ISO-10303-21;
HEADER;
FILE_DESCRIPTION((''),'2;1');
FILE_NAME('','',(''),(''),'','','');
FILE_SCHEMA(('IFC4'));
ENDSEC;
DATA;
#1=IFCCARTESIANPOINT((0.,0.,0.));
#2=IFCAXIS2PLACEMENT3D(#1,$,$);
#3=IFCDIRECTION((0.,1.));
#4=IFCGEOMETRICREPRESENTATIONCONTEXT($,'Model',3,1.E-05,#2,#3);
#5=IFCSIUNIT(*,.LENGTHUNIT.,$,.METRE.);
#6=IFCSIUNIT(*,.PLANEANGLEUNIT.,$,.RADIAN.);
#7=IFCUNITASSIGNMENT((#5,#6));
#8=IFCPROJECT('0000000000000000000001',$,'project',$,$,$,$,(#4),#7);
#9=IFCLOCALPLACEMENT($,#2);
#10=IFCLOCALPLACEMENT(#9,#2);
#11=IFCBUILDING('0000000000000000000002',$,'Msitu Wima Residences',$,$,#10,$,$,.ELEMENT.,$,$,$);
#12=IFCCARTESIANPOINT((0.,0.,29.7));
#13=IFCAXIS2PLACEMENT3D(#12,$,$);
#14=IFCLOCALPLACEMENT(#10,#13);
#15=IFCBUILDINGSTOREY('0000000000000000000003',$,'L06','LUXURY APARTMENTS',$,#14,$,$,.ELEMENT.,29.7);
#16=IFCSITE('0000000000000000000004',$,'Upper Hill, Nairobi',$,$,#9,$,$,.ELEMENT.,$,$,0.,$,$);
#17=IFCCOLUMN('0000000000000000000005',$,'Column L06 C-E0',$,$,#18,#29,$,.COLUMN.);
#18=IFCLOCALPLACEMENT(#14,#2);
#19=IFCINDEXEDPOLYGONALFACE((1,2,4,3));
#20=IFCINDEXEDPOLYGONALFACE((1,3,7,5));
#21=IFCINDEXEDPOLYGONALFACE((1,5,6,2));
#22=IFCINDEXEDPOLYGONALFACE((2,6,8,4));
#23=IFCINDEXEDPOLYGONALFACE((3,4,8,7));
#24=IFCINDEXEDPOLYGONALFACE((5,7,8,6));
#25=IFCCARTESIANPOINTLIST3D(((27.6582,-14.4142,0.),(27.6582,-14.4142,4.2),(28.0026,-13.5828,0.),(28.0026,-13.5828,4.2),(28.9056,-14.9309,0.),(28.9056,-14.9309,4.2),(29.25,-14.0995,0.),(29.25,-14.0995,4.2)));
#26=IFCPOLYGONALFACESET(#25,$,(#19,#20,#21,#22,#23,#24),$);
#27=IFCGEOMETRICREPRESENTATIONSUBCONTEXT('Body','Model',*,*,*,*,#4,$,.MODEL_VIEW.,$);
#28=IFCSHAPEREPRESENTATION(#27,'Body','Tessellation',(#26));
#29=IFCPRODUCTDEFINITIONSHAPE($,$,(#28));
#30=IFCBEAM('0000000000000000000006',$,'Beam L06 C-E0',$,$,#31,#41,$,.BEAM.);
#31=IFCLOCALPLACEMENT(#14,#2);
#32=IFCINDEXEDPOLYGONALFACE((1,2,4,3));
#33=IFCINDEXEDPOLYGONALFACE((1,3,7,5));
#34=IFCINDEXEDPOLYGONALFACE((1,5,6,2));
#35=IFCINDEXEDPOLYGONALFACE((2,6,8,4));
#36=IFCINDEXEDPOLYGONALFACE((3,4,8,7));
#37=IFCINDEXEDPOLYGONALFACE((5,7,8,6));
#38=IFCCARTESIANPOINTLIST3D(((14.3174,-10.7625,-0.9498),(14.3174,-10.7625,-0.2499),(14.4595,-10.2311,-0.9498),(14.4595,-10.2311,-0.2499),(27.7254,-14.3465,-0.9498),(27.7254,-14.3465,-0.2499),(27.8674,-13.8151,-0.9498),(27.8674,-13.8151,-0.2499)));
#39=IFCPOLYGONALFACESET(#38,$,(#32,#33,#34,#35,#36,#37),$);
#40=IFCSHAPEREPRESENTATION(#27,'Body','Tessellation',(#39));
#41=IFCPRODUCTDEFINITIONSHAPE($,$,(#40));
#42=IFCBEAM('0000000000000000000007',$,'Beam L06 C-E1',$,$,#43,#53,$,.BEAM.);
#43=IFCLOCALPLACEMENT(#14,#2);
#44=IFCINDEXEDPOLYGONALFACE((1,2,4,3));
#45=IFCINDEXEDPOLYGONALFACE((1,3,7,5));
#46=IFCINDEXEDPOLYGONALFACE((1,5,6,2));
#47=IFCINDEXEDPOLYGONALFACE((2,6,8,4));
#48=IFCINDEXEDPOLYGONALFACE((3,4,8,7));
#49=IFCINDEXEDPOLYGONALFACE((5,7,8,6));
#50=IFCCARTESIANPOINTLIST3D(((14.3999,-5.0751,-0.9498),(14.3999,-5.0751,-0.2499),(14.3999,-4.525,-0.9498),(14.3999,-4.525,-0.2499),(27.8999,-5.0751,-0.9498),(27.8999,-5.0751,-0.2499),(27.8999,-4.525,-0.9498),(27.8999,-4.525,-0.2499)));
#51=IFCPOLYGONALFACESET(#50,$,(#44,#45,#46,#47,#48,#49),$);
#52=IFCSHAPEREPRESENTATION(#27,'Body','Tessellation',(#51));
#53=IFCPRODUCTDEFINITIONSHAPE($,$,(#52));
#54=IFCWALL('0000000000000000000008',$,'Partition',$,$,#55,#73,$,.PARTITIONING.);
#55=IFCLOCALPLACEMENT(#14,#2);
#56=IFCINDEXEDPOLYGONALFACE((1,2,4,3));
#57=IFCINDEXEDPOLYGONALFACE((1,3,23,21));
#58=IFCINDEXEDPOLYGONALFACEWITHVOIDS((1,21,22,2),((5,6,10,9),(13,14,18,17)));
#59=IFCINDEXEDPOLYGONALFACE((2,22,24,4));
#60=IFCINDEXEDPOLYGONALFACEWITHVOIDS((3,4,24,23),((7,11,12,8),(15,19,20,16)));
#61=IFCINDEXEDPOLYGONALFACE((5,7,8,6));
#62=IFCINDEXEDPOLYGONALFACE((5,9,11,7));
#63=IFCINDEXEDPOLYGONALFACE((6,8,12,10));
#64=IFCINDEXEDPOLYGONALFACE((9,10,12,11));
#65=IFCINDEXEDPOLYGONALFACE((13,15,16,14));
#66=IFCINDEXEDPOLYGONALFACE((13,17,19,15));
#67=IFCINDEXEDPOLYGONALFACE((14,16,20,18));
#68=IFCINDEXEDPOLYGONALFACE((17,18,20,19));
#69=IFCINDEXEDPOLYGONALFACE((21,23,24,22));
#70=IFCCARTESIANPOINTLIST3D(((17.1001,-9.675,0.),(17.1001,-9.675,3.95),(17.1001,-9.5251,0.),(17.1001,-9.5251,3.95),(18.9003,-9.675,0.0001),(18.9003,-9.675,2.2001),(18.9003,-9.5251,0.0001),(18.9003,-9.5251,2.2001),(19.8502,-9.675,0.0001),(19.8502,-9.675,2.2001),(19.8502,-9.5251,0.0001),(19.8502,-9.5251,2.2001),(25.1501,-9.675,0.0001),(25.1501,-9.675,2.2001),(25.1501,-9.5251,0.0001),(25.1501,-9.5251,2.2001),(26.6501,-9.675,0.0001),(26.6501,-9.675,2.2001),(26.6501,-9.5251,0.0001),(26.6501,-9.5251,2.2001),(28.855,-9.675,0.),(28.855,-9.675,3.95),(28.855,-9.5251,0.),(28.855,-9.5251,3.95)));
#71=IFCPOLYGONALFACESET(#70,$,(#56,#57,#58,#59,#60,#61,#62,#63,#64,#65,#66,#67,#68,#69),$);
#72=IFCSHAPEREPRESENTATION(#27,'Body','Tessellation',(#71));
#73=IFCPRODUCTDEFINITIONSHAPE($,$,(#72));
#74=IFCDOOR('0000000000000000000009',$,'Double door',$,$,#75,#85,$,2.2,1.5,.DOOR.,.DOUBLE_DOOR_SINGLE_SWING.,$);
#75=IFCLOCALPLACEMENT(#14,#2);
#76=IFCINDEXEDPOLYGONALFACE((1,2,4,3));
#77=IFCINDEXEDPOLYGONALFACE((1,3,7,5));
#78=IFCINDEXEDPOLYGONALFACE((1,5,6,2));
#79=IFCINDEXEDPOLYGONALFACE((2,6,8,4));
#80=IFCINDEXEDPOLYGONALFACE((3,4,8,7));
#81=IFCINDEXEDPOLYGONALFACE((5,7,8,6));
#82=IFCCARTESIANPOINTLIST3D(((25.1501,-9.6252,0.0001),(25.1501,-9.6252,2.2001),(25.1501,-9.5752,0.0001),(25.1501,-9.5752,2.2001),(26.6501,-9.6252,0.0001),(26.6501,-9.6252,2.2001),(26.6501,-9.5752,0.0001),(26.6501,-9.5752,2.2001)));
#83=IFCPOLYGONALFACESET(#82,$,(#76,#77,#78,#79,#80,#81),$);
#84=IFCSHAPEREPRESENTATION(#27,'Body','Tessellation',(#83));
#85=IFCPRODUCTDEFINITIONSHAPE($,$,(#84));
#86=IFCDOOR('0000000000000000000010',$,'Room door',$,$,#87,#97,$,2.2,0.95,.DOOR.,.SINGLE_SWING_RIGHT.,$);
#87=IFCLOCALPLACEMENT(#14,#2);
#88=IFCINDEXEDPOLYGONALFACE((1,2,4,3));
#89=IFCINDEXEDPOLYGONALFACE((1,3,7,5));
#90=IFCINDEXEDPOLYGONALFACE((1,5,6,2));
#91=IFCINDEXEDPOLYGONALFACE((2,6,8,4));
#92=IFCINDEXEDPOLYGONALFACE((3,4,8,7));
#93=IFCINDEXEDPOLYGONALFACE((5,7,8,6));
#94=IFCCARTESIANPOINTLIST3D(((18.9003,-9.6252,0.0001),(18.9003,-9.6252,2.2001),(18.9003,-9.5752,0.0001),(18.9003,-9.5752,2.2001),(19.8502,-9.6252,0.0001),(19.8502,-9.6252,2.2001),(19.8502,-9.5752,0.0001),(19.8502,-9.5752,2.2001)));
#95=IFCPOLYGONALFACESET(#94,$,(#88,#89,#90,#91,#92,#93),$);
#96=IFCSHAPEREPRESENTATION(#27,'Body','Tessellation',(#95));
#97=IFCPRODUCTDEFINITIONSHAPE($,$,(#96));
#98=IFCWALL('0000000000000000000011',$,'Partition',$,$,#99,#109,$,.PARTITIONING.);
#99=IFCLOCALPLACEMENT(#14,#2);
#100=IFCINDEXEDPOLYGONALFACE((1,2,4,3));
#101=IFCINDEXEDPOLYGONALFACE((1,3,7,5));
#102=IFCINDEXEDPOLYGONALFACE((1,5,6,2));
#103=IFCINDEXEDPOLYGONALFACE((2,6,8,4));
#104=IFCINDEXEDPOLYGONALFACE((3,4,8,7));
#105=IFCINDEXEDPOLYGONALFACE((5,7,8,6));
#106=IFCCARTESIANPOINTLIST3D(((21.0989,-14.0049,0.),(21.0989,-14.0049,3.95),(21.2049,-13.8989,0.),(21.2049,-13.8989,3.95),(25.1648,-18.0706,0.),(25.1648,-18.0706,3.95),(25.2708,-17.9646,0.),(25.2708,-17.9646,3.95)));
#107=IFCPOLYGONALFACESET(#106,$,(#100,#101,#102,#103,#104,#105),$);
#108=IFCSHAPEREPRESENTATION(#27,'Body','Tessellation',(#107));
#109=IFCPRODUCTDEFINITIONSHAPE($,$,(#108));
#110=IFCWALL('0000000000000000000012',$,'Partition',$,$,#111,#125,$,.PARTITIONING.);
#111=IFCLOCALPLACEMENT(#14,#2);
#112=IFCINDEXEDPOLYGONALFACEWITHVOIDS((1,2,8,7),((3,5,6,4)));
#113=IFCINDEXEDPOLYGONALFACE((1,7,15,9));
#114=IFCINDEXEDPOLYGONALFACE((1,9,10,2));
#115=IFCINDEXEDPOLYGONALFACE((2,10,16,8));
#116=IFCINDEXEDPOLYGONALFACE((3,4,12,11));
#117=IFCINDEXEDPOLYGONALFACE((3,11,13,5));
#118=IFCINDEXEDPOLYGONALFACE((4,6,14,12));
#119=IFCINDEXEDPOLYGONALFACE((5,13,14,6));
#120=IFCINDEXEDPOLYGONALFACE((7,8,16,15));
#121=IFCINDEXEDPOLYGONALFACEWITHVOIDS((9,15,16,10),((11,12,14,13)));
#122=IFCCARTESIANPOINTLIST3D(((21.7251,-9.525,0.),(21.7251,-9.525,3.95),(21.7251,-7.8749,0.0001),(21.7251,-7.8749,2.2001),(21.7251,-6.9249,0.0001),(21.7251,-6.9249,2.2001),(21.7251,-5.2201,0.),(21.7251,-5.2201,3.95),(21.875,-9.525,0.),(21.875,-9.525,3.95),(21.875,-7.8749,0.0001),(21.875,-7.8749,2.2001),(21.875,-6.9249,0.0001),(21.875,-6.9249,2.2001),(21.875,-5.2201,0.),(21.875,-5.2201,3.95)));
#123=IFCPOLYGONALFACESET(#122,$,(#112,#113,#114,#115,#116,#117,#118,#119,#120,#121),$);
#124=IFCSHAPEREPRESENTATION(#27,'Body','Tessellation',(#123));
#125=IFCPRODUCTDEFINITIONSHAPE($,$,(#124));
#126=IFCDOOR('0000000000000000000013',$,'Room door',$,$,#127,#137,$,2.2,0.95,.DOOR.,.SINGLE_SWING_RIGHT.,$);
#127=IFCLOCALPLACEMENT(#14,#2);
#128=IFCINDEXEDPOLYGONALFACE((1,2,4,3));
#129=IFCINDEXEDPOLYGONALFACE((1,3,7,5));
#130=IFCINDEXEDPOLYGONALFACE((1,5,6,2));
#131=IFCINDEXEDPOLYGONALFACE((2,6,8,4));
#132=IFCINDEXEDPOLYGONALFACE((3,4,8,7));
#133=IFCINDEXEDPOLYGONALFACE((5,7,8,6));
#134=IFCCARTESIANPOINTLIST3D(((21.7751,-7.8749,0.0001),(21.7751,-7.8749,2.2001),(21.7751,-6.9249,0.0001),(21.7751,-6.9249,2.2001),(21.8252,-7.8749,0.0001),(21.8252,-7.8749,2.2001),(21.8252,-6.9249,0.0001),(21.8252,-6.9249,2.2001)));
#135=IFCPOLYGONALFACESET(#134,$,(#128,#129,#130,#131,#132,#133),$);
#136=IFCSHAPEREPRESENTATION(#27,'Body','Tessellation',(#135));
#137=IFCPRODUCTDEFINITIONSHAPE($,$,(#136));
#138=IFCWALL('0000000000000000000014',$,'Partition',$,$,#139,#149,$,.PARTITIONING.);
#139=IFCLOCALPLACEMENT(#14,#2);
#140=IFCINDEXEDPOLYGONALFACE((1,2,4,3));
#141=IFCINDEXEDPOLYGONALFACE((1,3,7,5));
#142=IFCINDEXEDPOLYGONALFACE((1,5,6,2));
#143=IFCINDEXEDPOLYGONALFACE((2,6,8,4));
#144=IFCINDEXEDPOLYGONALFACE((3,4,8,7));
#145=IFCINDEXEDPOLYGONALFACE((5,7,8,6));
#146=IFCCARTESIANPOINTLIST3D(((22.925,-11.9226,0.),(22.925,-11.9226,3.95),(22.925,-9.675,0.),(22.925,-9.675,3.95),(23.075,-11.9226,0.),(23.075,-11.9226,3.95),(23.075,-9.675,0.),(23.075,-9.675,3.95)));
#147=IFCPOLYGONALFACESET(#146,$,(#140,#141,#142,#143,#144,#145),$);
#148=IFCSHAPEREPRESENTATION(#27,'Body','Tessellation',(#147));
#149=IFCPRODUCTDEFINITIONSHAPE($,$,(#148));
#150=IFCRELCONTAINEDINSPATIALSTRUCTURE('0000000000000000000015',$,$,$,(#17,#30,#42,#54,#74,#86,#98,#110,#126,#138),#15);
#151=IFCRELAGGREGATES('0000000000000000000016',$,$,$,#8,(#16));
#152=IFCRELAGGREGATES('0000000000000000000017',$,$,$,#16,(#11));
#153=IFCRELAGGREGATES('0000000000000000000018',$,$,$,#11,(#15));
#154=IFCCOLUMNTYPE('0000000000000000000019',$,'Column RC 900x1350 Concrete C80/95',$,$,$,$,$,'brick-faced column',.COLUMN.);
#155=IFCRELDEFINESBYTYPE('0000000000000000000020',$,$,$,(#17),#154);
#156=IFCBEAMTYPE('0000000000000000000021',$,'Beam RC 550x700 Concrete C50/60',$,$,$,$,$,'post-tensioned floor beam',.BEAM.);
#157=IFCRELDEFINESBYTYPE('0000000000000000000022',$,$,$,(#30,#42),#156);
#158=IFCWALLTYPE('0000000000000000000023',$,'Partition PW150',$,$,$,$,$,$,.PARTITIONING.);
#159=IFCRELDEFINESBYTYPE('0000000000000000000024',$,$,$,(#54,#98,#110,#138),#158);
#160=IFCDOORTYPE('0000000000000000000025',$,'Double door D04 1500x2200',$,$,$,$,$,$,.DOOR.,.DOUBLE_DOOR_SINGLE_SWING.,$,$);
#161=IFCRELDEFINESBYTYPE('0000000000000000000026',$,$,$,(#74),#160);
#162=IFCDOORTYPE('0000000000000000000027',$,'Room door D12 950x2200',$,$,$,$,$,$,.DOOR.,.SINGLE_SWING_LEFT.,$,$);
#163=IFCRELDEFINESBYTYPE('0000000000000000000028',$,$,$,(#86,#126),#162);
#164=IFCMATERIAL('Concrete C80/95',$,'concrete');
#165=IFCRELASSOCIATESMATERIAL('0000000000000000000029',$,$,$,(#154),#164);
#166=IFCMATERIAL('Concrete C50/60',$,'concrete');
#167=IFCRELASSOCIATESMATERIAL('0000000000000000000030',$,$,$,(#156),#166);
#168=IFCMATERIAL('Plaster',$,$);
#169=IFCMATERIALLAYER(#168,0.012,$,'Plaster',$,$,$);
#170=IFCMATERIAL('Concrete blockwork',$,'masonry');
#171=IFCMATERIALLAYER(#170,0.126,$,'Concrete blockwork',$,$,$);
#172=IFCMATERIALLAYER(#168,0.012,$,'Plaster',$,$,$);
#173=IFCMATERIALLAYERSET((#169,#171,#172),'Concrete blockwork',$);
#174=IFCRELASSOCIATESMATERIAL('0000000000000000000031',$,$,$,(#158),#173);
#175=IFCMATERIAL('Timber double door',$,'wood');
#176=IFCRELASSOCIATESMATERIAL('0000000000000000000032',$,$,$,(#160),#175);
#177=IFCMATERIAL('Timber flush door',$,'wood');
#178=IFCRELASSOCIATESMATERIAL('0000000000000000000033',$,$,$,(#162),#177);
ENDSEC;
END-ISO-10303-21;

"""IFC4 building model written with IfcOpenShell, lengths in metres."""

from ifc_helpers import new_model, si_unit, direction, frame, frame_2d, origin, origin_2d, place, context, subcontext, project, spatial, rectangle, extrude, material, layer, layer_set, material_profile, profile_set, type_object, element, fill, save


model = new_model("IFC4")

# Units and contexts
model_context = context("Model", 3, precision=1e-05, world=origin(), true_north=direction((0.0, 1.0)))
body_context = subcontext(model_context, "Body", "Model", "MODEL_VIEW")
ifc_project = project(units=[si_unit("LENGTHUNIT", "METRE"), si_unit("PLANEANGLEUNIT", "RADIAN")], contexts=[model_context])

# Site, building, storey
site_placement = place(None, origin())
site = spatial("IfcSite", under=ifc_project, at=site_placement, Name="Upper Hill, Nairobi", CompositionType="ELEMENT", RefElevation=0.0)
building_placement = place(site_placement, origin())
building = spatial("IfcBuilding", under=site, at=building_placement, Name="Msitu Wima Residences", CompositionType="ELEMENT")
storey_placement = place(building_placement, frame((0.0, 0.0, 29.7)))
storey = spatial("IfcBuildingStorey", under=building, at=storey_placement, Name="L06", Description="LUXURY APARTMENTS", CompositionType="ELEMENT", Elevation=29.7)

# Column
ifc_material_1 = material(Name="Concrete C80/95", Category="concrete")
ifc_material_profile_1 = material_profile(ifc_material_1, rectangle(XDim=0.8999, YDim=1.3501, at=origin_2d()), Name="RC 900x1350")
ifc_profile_set_1 = profile_set([ifc_material_profile_1], Name="Concrete C80/95")
column_type = type_object("IfcColumnType", Name="Column RC 900x1350 Concrete C80/95", ElementType="brick-faced column", PredefinedType="COLUMN", material=ifc_profile_set_1)
column_placement = place(storey_placement, frame((28.4541, -14.2568, 0.0), z_axis=(0.0, 0.0, 1.0), x_axis=(0.382683, 0.92388, 0.0)))
element("IfcColumn", 1, at=column_placement, inside=storey, type_object=column_type, Name="Column L06 C-E0", PredefinedType="COLUMN", context=body_context, shape_type="SweptSolid", body=[
    extrude(rectangle(XDim=0.8999, YDim=1.3501, at=origin_2d()), origin(), (0.0, 0.0, 1.0), 4.2),
])

# Beams
ifc_material_2 = material(Name="Concrete C50/60", Category="concrete")
ifc_material_profile_2 = material_profile(ifc_material_2, rectangle(XDim=0.55, YDim=0.7, at=origin_2d()), Name="RC 550x700")
ifc_profile_set_2 = profile_set([ifc_material_profile_2], Name="Concrete C50/60")
beam_type = type_object("IfcBeamType", Name="Beam RC 550x700 Concrete C50/60", ElementType="post-tensioned floor beam", PredefinedType="BEAM", material=ifc_profile_set_2)
beam_1_placement = place(storey_placement, frame((27.7964, -14.0808, -0.5999), z_axis=(-0.966082, 0.258236, 0.0), x_axis=(-0.258236, -0.966082, 0.0)))
element("IfcBeam", 2, at=beam_1_placement, inside=storey, type_object=beam_type, Name="Beam L06 C-E0", PredefinedType="BEAM", context=body_context, shape_type="SweptSolid", body=[
    extrude(rectangle(XDim=0.55, YDim=0.7, at=origin_2d()), origin(), (0.0, 0.0, 1.0), 13.8787),
])
beam_2_placement = place(storey_placement, frame((27.8999, -4.8, -0.5999), z_axis=(-1.0, 0.0, 0.0), x_axis=(0.0, -1.0, 0.0)))
element("IfcBeam", 3, at=beam_2_placement, inside=storey, type_object=beam_type, Name="Beam L06 C-E1", PredefinedType="BEAM", context=body_context, shape_type="SweptSolid", body=[
    extrude(rectangle(XDim=0.55, YDim=0.7, at=origin_2d()), origin(), (0.0, 0.0, 1.0), 13.5),
])

# Wall, openings, doors
ifc_material_3 = material(Name="Plaster")
ifc_layer_1 = layer(ifc_material_3, 0.012, Name="Plaster")
ifc_material_4 = material(Name="Concrete blockwork", Category="masonry")
ifc_layer_2 = layer(ifc_material_4, 0.126, Name="Concrete blockwork")
ifc_layer_3 = layer(ifc_material_3, 0.012, Name="Plaster")
ifc_layer_set_1 = layer_set([ifc_layer_1, ifc_layer_2, ifc_layer_3], Name="Concrete blockwork")
wall_type_1 = type_object("IfcWallType", Name="Partition PW150", PredefinedType="PARTITIONING", material=ifc_layer_set_1)
wall_1_placement = place(storey_placement, frame((17.1001, -9.6001, 0.0), z_axis=(0.0, 0.0, 1.0), x_axis=(1.0, 0.0, 0.0)))
wall_1 = element("IfcWall", 4, at=wall_1_placement, inside=storey, type_object=wall_type_1, Name="Partition", PredefinedType="PARTITIONING", context=body_context, shape_type="SweptSolid", body=[
    extrude(rectangle(XDim=11.7549, YDim=0.1499, at=frame_2d((5.8774, 0.0))), origin(), (0.0, 0.0, 1.0), 3.95),
])
opening_1_placement = place(wall_1_placement, frame((1.8, 0.0, 0.0)))
opening_1 = element("IfcOpeningElement", 5, at=opening_1_placement, cuts=wall_1, PredefinedType="OPENING", context=body_context, shape_type="SweptSolid", body=[
    extrude(rectangle(XDim=0.95, YDim=2.2, at=frame_2d((0.4751, 1.1001))), frame((0.0, 0.085, 0.0), z_axis=(0.0, -1.0, 0.0), x_axis=(1.0, 0.0, 0.0)), (0.0, 0.0, 1.0), 0.1699),
])
opening_2_placement = place(wall_1_placement, frame((8.05, 0.0, 0.0)))
opening_2 = element("IfcOpeningElement", 6, at=opening_2_placement, cuts=wall_1, PredefinedType="OPENING", context=body_context, shape_type="SweptSolid", body=[
    extrude(rectangle(XDim=1.5, YDim=2.2, at=frame_2d((0.75, 1.1001))), frame((0.0, 0.085, 0.0), z_axis=(0.0, -1.0, 0.0), x_axis=(1.0, 0.0, 0.0)), (0.0, 0.0, 1.0), 0.1699),
])
ifc_material_5 = material(Name="Timber double door", Category="wood")
door_type_1 = type_object("IfcDoorType", Name="Double door D04 1500x2200", OperationType="DOUBLE_DOOR_SINGLE_SWING", PredefinedType="DOOR", material=ifc_material_5)
door_1_placement = place(opening_2_placement, origin())
door_1 = element("IfcDoor", 7, at=door_1_placement, inside=storey, type_object=door_type_1, Name="Double door", OperationType="DOUBLE_DOOR_SINGLE_SWING", OverallHeight=2.2, OverallWidth=1.5, PredefinedType="DOOR", context=body_context, shape_type="SweptSolid", body=[
    extrude(rectangle(XDim=1.5, YDim=2.2, at=frame_2d((0.75, 1.1001))), frame((0.0, 0.0249, 0.0), z_axis=(0.0, -1.0, 0.0), x_axis=(1.0, 0.0, 0.0)), (0.0, 0.0, 1.0), 0.05),
])
fill(opening_2, door_1)
ifc_material_6 = material(Name="Timber flush door", Category="wood")
door_type_2 = type_object("IfcDoorType", Name="Room door D12 950x2200", OperationType="SINGLE_SWING_LEFT", PredefinedType="DOOR", material=ifc_material_6)
door_2_placement = place(opening_1_placement, origin())
door_2 = element("IfcDoor", 8, at=door_2_placement, inside=storey, type_object=door_type_2, Name="Room door", OperationType="SINGLE_SWING_RIGHT", OverallHeight=2.2, OverallWidth=0.95, PredefinedType="DOOR", context=body_context, shape_type="SweptSolid", body=[
    extrude(rectangle(XDim=0.95, YDim=2.2, at=frame_2d((0.4751, 1.1001))), frame((0.0, 0.0249, 0.0), z_axis=(0.0, -1.0, 0.0), x_axis=(1.0, 0.0, 0.0)), (0.0, 0.0, 1.0), 0.05),
])
fill(opening_1, door_2)

# Wall
wall_2_placement = place(storey_placement, frame((21.1519, -13.9519, 0.0), z_axis=(0.0, 0.0, 1.0), x_axis=(0.707128, -0.707086, 0.0)))
element("IfcWall", 9, at=wall_2_placement, inside=storey, type_object=wall_type_1, Name="Partition", PredefinedType="PARTITIONING", context=body_context, shape_type="SweptSolid", body=[
    extrude(rectangle(XDim=5.75, YDim=0.1499, at=frame_2d((2.875, 0.0))), origin(), (0.0, 0.0, 1.0), 3.95),
])

# Wall, opening, door
wall_3_placement = place(storey_placement, frame((21.8, -9.5249, 0.0), z_axis=(0.0, 0.0, 1.0), x_axis=(0.0, 1.0, 0.0)))
wall_3 = element("IfcWall", 10, at=wall_3_placement, inside=storey, type_object=wall_type_1, Name="Partition", PredefinedType="PARTITIONING", context=body_context, shape_type="SweptSolid", body=[
    extrude(rectangle(XDim=4.3049, YDim=0.1499, at=frame_2d((2.1523, 0.0))), origin(), (0.0, 0.0, 1.0), 3.95),
])
opening_3_placement = place(wall_3_placement, frame((1.6499, 0.0, 0.0)))
opening_3 = element("IfcOpeningElement", 11, at=opening_3_placement, cuts=wall_3, PredefinedType="OPENING", context=body_context, shape_type="SweptSolid", body=[
    extrude(rectangle(XDim=0.95, YDim=2.2, at=frame_2d((0.4751, 1.1001))), frame((0.0, 0.085, 0.0), z_axis=(0.0, -1.0, 0.0), x_axis=(1.0, 0.0, 0.0)), (0.0, 0.0, 1.0), 0.1699),
])
door_3_placement = place(opening_3_placement, origin())
door_3 = element("IfcDoor", 12, at=door_3_placement, inside=storey, type_object=door_type_2, Name="Room door", OperationType="SINGLE_SWING_RIGHT", OverallHeight=2.2, OverallWidth=0.95, PredefinedType="DOOR", context=body_context, shape_type="SweptSolid", body=[
    extrude(rectangle(XDim=0.95, YDim=2.2, at=frame_2d((0.4751, 1.1001))), frame((0.0, 0.0249, 0.0), z_axis=(0.0, -1.0, 0.0), x_axis=(1.0, 0.0, 0.0)), (0.0, 0.0, 1.0), 0.05),
])
fill(opening_3, door_3)

# Wall
wall_4_placement = place(storey_placement, frame((23.0, -11.9226, 0.0), z_axis=(0.0, 0.0, 1.0), x_axis=(0.0, 1.0, 0.0)))
element("IfcWall", 13, at=wall_4_placement, inside=storey, type_object=wall_type_1, Name="Partition", PredefinedType="PARTITIONING", context=body_context, shape_type="SweptSolid", body=[
    extrude(rectangle(XDim=2.2476, YDim=0.1499, at=frame_2d((1.1238, 0.0))), origin(), (0.0, 0.0, 1.0), 3.95),
])

save(model, "model.ifc")
